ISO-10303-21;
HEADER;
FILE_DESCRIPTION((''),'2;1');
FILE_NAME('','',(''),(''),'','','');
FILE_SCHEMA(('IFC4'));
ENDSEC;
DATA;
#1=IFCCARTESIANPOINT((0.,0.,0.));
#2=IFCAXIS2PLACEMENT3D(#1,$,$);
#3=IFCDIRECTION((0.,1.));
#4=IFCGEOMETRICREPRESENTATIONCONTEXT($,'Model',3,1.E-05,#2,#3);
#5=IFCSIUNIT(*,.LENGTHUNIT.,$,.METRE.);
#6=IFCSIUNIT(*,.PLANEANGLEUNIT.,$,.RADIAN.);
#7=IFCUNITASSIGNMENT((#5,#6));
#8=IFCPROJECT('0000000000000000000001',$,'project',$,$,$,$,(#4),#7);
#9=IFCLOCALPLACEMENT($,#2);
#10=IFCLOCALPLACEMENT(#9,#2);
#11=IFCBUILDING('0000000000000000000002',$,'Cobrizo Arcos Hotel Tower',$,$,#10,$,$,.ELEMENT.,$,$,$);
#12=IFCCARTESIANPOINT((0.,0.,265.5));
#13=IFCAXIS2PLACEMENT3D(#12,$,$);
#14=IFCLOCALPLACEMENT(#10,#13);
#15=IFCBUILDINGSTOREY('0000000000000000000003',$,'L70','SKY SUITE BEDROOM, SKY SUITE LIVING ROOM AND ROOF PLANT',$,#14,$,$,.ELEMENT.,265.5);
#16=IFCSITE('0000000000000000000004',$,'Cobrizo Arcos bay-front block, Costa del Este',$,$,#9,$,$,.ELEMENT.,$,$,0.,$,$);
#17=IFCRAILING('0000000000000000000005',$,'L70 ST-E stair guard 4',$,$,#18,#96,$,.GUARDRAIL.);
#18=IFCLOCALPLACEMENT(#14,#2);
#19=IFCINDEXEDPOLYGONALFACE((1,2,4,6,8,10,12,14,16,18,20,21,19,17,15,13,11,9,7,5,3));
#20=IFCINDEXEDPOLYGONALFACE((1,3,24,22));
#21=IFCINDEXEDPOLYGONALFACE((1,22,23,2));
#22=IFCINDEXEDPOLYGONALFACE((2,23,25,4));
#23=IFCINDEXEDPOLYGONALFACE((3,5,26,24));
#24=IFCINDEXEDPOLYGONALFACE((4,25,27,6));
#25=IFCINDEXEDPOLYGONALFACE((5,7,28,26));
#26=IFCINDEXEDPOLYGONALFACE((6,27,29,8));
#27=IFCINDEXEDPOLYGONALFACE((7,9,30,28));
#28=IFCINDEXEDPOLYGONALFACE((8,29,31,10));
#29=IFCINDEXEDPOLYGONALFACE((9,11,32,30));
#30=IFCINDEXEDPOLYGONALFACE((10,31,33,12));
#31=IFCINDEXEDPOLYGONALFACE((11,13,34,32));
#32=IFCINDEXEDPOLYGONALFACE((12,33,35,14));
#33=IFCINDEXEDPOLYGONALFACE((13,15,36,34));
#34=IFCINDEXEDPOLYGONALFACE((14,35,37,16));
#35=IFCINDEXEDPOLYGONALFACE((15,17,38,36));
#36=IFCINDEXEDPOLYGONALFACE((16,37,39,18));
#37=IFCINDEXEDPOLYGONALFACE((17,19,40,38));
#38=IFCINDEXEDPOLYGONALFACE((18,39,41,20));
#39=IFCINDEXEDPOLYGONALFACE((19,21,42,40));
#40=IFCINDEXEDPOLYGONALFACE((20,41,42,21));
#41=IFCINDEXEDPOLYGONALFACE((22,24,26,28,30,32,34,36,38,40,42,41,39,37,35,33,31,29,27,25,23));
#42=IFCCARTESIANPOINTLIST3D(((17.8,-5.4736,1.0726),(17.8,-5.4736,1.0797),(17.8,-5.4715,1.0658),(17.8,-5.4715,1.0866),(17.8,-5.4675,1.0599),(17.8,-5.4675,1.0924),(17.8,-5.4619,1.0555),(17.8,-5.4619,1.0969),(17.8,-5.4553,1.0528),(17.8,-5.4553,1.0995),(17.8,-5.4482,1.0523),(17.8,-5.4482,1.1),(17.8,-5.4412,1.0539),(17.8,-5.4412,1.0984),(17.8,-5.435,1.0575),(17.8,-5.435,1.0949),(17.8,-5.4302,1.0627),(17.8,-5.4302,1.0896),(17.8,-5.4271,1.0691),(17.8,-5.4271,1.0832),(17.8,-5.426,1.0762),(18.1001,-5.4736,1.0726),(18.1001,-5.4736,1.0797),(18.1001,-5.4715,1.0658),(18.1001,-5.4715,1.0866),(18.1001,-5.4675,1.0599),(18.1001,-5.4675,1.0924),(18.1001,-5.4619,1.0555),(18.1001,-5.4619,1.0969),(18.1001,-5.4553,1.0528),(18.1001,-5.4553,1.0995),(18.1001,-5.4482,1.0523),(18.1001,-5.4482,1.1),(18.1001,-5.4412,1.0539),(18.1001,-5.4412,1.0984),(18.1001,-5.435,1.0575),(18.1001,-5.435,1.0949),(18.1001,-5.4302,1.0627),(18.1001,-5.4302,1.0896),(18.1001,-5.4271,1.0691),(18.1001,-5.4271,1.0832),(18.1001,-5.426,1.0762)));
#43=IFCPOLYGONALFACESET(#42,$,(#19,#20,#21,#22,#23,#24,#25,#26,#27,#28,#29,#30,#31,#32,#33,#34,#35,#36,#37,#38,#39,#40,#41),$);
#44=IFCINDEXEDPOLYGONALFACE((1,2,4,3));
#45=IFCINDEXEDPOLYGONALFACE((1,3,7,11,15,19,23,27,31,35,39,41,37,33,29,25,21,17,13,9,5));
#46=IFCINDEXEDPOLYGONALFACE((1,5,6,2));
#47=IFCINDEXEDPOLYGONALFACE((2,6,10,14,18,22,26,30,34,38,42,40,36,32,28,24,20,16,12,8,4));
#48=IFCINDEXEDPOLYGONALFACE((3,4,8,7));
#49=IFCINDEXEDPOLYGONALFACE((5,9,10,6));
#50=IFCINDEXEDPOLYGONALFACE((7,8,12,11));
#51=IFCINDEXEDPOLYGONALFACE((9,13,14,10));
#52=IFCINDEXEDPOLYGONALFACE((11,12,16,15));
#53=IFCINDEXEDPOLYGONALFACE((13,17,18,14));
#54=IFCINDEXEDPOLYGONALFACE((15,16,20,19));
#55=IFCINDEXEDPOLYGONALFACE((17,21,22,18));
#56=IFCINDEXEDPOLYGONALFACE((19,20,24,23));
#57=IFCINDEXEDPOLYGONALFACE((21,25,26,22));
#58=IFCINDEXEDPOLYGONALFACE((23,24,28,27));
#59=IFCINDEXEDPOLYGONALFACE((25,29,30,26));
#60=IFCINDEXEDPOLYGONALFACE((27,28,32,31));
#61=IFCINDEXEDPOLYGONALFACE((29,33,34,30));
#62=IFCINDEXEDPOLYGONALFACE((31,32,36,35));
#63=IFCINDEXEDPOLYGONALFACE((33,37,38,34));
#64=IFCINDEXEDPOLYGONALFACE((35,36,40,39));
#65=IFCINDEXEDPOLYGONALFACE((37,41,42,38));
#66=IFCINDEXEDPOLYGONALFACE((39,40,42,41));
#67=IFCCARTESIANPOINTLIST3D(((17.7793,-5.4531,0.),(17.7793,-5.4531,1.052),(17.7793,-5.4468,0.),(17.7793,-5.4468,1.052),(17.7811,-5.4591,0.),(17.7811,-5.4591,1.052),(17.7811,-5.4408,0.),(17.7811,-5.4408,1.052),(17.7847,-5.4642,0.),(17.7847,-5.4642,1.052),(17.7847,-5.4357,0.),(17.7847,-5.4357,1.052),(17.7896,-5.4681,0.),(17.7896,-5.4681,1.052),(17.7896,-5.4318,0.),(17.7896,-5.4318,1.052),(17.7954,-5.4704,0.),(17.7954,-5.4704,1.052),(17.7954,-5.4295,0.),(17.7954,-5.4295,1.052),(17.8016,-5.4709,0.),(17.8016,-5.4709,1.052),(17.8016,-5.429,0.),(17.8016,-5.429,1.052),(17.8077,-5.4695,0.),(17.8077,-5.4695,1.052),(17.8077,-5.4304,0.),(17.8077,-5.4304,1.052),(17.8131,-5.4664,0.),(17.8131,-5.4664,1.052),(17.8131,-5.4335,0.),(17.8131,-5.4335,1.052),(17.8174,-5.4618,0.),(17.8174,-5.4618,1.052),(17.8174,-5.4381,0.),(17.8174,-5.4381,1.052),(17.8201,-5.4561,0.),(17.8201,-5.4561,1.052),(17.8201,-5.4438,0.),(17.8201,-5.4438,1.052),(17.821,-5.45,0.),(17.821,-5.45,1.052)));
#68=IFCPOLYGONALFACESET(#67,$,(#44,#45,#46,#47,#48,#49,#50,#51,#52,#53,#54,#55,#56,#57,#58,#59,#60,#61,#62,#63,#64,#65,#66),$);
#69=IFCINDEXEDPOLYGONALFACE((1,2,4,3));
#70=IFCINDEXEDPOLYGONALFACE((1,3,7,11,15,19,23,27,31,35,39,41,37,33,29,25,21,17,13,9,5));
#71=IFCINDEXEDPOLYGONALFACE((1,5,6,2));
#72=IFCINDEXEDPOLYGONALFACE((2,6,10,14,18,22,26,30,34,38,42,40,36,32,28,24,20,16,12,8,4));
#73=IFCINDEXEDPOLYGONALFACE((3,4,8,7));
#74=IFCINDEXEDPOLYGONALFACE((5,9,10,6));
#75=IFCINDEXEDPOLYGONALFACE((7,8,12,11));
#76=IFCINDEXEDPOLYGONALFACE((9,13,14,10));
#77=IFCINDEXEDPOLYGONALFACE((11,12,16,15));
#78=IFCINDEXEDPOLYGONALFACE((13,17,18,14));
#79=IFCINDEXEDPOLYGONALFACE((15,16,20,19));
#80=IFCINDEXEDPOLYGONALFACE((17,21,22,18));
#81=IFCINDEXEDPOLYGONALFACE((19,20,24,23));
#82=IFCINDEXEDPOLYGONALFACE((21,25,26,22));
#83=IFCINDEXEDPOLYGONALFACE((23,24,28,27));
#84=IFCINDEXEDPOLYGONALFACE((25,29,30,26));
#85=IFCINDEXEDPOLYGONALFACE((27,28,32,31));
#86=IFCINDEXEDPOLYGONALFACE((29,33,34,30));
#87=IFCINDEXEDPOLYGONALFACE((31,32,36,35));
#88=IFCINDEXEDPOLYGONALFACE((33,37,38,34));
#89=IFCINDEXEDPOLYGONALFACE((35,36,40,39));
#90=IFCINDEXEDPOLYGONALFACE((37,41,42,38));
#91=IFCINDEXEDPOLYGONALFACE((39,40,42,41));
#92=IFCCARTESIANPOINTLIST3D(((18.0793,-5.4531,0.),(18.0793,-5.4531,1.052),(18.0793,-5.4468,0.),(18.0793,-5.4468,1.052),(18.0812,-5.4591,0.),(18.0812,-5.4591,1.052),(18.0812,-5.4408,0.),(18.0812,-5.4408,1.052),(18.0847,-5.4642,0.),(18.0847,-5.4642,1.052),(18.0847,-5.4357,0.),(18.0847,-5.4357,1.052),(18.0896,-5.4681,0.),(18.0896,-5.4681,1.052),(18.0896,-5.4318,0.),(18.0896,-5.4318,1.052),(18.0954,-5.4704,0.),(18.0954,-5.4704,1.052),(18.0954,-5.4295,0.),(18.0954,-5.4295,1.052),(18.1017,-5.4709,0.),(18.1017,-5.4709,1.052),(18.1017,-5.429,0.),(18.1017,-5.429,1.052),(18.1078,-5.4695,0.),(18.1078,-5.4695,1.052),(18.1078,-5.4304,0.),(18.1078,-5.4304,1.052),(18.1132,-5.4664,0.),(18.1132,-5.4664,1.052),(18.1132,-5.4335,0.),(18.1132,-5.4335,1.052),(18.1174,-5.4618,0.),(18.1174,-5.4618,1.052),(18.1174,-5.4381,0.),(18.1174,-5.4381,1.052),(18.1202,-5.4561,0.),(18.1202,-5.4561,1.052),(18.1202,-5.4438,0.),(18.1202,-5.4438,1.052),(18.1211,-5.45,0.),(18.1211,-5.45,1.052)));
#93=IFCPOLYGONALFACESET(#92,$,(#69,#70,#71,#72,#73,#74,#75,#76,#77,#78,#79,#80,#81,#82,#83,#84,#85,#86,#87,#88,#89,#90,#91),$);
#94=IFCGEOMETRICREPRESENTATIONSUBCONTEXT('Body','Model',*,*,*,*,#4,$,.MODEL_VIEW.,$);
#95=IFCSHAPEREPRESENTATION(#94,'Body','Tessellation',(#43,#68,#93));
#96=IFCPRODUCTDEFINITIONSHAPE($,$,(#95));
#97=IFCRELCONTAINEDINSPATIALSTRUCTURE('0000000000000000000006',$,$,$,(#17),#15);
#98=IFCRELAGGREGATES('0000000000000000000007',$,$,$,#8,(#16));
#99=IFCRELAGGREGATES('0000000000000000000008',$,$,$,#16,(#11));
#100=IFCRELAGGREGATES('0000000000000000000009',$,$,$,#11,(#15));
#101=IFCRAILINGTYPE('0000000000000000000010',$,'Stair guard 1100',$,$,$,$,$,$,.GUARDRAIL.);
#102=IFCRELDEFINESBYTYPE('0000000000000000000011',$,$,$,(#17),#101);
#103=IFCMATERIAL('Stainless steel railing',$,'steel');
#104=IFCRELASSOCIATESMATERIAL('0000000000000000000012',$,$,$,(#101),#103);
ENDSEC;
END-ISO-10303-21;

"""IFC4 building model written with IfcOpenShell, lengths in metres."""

from ifc_helpers import new_model, si_unit, direction, frame, origin, origin_2d, place, context, subcontext, project, spatial, circle, extrude, material, type_object, element, save


model = new_model("IFC4")

# Units and contexts
model_context = context("Model", 3, precision=1e-05, world=origin(), true_north=direction((0.0, 1.0)))
body_context = subcontext(model_context, "Body", "Model", "MODEL_VIEW")
ifc_project = project(units=[si_unit("LENGTHUNIT", "METRE"), si_unit("PLANEANGLEUNIT", "RADIAN")], contexts=[model_context])

# Site, building, storey
site_placement = place(None, origin())
site = spatial("IfcSite", under=ifc_project, at=site_placement, Name="Cobrizo Arcos bay-front block, Costa del Este", CompositionType="ELEMENT", RefElevation=0.0)
building_placement = place(site_placement, origin())
building = spatial("IfcBuilding", under=site, at=building_placement, Name="Cobrizo Arcos Hotel Tower", CompositionType="ELEMENT")
storey_placement = place(building_placement, frame((0.0, 0.0, 265.5)))
storey = spatial("IfcBuildingStorey", under=building, at=storey_placement, Name="L70", Description="SKY SUITE BEDROOM, SKY SUITE LIVING ROOM AND ROOF PLANT", CompositionType="ELEMENT", Elevation=265.5)

# Railing
ifc_material_1 = material(Name="Stainless steel railing", Category="steel")
railing_type_1 = type_object("IfcRailingType", Name="Stair guard 1100", PredefinedType="GUARDRAIL", material=ifc_material_1)
railing_1_placement = place(storey_placement, frame((17.8, -5.45, 0.0)))
element("IfcRailing", 1, at=railing_1_placement, inside=storey, type_object=railing_type_1, Name="L70 ST-E stair guard 4", PredefinedType="GUARDRAIL", context=body_context, shape_type="SweptSolid", body=[
    extrude(circle(Radius=0.0239, at=origin_2d()), frame((0.0, 0.0, 1.0762), z_axis=(1.0, 0.0, 0.0), x_axis=(0.0, 1.0, 0.0)), (0.0, 0.0, 1.0), 0.3),
    extrude(circle(Radius=0.021, at=origin_2d()), origin(), (0.0, 0.0, 1.0), 1.052),
    extrude(circle(Radius=0.021, at=origin_2d()), frame((0.3, 0.0, 0.0)), (0.0, 0.0, 1.0), 1.052),
])

save(model, "model.ifc")
